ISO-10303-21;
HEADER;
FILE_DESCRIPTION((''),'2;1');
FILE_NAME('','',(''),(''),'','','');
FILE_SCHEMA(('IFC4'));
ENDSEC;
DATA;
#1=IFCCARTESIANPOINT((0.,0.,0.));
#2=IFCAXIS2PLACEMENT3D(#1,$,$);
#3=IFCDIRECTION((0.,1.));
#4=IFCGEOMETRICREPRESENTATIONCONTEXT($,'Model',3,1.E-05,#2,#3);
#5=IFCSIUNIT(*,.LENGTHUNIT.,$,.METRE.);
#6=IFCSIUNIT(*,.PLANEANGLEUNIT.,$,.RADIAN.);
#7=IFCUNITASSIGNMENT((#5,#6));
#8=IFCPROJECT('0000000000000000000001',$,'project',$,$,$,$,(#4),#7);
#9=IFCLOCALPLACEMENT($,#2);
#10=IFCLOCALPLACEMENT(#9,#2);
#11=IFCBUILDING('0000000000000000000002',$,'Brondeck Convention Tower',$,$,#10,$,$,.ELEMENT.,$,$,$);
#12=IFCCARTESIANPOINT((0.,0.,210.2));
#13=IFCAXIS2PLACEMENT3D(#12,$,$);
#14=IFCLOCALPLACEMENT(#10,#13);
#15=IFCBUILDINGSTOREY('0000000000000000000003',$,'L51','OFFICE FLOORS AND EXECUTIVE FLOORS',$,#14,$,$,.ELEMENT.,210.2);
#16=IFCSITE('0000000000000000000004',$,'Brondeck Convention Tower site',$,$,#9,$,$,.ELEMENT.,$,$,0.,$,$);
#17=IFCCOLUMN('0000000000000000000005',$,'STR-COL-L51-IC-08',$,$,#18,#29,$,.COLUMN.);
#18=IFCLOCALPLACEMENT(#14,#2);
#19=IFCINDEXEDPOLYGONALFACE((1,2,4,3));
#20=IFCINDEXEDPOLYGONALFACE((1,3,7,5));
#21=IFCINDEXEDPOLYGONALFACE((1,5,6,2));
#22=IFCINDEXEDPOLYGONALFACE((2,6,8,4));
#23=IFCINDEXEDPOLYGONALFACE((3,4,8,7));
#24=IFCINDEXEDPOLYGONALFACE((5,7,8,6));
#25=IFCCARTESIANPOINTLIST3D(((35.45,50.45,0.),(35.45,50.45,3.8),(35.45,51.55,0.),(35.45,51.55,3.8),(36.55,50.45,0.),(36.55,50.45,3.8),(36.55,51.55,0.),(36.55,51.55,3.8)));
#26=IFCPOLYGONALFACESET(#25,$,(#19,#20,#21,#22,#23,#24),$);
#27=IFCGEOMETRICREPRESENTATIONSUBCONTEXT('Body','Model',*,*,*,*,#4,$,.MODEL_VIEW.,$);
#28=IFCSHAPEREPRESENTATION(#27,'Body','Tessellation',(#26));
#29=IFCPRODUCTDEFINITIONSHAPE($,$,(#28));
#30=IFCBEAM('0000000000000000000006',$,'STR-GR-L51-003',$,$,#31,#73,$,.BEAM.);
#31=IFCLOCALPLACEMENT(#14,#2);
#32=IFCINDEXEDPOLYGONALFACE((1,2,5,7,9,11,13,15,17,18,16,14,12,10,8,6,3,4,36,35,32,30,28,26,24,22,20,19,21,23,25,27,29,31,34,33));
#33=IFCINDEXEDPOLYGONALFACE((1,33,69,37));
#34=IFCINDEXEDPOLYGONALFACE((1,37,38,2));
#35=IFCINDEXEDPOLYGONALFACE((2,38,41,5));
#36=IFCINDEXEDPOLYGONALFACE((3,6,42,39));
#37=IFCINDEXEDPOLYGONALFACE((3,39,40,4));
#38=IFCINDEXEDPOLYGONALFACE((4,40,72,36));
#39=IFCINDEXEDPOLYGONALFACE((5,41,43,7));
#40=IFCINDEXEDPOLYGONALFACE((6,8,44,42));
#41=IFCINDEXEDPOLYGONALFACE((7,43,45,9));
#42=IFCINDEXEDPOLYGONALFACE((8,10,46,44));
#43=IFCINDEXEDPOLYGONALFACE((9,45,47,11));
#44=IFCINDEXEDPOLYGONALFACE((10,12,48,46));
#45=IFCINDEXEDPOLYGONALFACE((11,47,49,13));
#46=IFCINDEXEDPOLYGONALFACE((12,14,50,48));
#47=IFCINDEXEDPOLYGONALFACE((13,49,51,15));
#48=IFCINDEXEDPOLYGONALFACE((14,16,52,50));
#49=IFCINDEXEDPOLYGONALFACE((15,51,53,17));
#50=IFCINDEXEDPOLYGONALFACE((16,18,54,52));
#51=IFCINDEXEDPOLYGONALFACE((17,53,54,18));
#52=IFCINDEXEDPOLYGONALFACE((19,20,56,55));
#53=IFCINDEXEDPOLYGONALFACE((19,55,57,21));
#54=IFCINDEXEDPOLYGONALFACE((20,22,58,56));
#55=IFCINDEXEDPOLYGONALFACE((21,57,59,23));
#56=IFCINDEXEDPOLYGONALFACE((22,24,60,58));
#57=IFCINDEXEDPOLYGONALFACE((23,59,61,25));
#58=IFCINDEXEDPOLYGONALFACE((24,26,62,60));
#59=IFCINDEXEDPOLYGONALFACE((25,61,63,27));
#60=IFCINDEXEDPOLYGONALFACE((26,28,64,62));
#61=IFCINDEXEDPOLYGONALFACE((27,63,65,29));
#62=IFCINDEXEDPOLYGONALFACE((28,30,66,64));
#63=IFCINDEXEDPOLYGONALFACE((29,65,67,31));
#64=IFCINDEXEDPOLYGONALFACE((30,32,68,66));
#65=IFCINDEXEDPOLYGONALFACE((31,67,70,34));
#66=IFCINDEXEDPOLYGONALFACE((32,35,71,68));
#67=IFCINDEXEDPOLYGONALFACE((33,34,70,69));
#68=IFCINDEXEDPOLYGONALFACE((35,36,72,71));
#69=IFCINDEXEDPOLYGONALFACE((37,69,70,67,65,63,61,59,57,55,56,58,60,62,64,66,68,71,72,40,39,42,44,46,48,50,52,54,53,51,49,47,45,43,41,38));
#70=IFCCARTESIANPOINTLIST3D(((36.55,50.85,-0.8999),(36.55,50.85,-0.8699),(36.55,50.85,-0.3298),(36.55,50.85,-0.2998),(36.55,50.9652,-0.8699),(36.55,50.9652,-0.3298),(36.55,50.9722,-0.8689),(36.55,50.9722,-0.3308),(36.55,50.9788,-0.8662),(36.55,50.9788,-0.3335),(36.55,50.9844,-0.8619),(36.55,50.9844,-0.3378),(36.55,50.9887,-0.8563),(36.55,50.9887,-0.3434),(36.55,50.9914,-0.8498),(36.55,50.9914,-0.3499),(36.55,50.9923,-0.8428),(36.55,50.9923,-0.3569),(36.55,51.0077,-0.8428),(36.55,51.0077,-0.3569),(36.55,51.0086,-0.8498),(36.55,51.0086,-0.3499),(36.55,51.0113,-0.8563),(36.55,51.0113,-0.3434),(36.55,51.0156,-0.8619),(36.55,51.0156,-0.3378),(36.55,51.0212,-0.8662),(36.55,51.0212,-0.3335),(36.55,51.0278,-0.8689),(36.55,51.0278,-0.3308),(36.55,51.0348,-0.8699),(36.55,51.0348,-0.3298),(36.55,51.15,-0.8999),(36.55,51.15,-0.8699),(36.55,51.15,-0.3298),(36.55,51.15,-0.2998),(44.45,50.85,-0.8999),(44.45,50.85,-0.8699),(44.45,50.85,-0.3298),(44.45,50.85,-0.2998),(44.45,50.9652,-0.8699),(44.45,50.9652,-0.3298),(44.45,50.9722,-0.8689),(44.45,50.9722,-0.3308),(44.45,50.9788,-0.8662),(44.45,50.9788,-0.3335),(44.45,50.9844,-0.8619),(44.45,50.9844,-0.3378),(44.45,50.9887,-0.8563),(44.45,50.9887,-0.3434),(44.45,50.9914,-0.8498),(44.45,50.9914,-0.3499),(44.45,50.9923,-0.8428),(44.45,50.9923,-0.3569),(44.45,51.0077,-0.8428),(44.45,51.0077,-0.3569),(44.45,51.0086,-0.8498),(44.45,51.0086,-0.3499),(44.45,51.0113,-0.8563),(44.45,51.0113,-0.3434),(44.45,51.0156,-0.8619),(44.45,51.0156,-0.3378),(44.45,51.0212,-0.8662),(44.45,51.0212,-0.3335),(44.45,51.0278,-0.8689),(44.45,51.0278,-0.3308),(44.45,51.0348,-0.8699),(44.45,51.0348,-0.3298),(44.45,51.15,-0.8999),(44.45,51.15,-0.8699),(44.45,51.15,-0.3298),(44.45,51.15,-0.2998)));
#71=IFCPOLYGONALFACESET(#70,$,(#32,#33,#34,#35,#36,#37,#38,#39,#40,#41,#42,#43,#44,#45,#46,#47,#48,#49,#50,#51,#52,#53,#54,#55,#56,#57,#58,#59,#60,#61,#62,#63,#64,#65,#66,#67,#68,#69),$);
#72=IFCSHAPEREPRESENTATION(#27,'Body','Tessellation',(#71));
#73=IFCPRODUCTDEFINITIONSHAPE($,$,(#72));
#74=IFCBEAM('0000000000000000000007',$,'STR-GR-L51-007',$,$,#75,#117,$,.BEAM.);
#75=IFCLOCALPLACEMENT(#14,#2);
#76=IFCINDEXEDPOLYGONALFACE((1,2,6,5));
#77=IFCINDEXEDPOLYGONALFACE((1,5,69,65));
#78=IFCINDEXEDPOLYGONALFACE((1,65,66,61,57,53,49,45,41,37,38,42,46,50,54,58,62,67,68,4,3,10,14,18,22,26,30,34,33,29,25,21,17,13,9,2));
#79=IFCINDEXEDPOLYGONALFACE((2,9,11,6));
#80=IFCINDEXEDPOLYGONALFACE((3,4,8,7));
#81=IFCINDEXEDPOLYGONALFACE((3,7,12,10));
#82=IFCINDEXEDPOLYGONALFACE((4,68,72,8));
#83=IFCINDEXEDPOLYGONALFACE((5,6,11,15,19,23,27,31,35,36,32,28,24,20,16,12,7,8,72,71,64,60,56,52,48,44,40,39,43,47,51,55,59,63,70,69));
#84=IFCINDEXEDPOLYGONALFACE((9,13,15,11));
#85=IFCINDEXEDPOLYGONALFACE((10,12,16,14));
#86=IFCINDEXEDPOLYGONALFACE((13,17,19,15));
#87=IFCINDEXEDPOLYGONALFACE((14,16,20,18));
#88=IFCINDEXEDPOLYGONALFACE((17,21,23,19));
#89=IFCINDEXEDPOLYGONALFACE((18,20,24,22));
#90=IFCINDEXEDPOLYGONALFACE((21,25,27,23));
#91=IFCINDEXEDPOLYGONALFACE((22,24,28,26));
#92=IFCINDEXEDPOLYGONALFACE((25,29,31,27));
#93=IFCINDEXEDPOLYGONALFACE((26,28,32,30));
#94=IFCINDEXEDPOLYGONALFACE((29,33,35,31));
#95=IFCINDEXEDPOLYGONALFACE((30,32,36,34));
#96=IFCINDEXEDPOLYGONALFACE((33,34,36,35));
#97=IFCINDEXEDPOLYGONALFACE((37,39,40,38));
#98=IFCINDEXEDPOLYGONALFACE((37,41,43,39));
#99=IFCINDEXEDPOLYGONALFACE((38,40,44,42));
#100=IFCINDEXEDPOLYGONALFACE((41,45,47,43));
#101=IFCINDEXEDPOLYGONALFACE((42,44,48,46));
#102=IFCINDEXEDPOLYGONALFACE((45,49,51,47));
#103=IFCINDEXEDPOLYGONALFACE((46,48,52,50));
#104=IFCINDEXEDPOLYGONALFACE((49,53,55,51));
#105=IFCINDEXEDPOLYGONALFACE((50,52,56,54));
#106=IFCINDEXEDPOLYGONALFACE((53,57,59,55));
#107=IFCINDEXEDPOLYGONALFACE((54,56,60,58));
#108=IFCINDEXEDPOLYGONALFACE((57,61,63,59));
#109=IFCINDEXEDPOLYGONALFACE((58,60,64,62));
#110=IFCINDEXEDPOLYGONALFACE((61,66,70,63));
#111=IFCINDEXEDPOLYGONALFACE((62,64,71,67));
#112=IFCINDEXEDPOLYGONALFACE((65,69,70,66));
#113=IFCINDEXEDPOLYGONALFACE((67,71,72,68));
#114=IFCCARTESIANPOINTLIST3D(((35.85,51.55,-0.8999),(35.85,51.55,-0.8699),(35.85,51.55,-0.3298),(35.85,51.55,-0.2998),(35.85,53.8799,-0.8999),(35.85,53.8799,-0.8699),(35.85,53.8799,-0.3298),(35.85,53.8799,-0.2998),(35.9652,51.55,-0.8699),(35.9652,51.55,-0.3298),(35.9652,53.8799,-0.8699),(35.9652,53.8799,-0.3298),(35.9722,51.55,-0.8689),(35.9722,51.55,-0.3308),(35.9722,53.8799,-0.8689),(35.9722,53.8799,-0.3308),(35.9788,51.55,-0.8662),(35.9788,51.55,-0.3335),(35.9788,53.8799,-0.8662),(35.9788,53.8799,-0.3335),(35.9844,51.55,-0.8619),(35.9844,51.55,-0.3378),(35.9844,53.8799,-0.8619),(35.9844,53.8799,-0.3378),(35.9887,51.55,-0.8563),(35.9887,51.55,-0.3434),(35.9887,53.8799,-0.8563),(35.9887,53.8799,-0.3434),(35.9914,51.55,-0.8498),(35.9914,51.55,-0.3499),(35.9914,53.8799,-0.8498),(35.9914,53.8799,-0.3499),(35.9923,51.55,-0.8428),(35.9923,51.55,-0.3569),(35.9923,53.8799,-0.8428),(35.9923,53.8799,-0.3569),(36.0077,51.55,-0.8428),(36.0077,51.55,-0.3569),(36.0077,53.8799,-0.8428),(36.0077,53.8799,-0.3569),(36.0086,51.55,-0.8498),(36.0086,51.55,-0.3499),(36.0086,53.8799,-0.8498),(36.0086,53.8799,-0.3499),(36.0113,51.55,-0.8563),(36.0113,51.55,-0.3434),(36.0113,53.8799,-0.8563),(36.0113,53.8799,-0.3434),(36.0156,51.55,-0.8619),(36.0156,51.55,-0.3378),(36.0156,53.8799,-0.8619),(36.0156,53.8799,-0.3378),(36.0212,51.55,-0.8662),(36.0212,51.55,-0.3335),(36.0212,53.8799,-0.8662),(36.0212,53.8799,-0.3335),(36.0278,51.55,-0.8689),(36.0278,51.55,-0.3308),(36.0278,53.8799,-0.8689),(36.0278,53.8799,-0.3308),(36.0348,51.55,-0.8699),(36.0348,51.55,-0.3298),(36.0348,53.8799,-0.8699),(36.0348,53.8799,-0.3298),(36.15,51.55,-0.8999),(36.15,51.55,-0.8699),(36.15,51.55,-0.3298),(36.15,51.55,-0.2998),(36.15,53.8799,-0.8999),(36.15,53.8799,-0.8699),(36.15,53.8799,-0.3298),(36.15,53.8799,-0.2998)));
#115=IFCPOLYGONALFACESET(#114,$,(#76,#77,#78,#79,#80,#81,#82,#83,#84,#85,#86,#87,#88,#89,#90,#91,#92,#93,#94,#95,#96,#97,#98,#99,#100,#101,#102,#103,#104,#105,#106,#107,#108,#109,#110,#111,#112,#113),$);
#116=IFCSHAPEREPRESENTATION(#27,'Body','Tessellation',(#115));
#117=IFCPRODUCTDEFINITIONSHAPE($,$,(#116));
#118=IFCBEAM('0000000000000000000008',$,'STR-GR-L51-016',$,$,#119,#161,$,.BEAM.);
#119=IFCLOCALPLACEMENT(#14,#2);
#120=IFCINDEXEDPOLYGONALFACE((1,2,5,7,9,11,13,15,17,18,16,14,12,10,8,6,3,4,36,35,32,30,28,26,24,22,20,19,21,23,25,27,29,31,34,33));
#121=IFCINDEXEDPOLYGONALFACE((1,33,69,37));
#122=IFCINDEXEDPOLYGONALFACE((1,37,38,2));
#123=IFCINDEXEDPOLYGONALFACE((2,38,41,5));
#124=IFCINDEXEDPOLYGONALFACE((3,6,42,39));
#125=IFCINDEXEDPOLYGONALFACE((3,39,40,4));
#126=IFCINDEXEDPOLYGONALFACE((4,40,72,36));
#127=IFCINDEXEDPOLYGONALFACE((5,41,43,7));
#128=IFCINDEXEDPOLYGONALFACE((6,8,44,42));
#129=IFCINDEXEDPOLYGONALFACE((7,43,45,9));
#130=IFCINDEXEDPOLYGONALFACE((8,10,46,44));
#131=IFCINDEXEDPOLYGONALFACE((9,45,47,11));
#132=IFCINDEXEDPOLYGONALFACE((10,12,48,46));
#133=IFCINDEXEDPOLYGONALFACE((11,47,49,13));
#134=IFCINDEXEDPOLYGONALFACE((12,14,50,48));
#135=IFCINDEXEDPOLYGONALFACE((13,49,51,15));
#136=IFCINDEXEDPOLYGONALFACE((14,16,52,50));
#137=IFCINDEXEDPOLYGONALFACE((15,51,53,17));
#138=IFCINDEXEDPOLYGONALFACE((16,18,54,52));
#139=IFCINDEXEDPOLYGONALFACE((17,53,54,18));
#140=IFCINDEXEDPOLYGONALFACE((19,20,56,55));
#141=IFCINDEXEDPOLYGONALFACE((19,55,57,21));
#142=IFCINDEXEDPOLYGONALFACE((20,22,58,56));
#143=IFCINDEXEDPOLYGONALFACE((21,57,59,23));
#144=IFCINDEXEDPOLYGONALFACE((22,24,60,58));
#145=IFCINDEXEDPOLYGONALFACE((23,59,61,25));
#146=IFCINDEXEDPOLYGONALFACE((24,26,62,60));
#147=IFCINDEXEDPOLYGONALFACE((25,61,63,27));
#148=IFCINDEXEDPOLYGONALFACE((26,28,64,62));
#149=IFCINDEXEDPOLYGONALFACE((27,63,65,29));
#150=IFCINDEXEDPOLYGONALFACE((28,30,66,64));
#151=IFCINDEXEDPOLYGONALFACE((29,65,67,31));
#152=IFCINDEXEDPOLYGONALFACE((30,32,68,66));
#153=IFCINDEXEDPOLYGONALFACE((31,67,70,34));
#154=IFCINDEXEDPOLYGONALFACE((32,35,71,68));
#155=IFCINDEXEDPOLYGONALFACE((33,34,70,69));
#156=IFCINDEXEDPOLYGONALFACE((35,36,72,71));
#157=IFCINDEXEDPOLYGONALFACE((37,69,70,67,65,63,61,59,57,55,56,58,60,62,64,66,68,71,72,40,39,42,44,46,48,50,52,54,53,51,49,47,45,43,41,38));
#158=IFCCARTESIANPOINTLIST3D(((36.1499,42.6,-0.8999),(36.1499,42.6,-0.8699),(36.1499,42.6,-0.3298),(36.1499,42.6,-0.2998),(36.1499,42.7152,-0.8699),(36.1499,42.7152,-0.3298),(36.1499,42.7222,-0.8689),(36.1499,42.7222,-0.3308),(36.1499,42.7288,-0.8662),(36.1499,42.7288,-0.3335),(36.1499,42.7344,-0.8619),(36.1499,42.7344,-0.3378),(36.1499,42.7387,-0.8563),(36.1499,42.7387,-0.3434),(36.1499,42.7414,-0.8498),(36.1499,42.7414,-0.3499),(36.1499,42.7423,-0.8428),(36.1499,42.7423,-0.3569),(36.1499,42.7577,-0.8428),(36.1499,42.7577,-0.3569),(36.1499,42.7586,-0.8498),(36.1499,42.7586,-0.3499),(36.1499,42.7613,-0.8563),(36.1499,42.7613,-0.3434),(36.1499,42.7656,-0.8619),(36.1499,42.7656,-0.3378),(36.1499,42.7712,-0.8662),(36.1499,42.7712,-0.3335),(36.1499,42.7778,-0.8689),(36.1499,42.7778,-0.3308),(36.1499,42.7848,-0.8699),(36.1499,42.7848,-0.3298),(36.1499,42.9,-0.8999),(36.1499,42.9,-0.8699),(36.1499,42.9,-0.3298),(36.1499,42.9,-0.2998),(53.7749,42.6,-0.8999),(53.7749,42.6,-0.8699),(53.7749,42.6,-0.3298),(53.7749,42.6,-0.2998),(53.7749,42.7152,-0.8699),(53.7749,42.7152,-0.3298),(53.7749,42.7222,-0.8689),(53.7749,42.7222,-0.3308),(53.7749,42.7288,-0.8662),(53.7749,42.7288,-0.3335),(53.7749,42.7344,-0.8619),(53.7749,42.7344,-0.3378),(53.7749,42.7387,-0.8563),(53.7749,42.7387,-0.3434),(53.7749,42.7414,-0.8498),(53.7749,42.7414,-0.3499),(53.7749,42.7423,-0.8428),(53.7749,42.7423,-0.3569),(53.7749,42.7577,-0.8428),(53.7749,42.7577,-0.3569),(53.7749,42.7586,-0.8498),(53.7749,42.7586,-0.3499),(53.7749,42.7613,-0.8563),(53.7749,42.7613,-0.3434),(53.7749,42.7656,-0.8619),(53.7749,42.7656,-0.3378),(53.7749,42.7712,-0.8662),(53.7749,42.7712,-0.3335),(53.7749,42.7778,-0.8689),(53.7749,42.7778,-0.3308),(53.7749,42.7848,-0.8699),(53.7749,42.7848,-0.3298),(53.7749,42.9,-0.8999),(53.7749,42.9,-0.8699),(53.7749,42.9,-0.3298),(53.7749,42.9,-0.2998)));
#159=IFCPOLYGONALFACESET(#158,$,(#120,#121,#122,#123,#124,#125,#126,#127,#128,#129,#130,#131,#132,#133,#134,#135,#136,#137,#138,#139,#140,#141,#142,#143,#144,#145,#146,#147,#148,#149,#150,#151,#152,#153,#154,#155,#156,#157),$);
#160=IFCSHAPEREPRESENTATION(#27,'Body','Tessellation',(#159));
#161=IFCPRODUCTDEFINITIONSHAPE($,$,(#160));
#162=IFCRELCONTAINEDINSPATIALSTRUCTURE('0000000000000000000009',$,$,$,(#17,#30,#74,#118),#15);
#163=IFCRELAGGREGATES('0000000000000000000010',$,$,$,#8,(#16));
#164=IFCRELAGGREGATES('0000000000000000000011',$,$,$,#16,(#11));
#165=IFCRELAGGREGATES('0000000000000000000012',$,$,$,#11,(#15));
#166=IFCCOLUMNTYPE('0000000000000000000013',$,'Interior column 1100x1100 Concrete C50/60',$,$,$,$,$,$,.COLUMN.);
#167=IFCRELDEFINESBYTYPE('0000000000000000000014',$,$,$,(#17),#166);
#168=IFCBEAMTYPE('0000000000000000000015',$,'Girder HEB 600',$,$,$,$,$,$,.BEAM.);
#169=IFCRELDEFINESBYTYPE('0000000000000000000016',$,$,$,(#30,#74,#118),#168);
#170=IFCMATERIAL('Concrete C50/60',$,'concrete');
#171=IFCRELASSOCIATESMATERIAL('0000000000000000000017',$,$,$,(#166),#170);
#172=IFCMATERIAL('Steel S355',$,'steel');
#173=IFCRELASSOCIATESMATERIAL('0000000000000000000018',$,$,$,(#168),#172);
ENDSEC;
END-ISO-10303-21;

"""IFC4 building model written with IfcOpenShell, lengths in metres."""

from ifc_helpers import new_model, si_unit, direction, frame, origin, origin_2d, place, context, subcontext, project, spatial, rectangle, i_section, extrude, material, material_profile, profile_set, type_object, element, save


model = new_model("IFC4")

# Units and contexts
model_context = context("Model", 3, precision=1e-05, world=origin(), true_north=direction((0.0, 1.0)))
body_context = subcontext(model_context, "Body", "Model", "MODEL_VIEW")
ifc_project = project(units=[si_unit("LENGTHUNIT", "METRE"), si_unit("PLANEANGLEUNIT", "RADIAN")], contexts=[model_context])

# Site, building, storey
site_placement = place(None, origin())
site = spatial("IfcSite", under=ifc_project, at=site_placement, Name="Brondeck Convention Tower site", CompositionType="ELEMENT", RefElevation=0.0)
building_placement = place(site_placement, origin())
building = spatial("IfcBuilding", under=site, at=building_placement, Name="Brondeck Convention Tower", CompositionType="ELEMENT")
storey_placement = place(building_placement, frame((0.0, 0.0, 210.2)))
storey = spatial("IfcBuildingStorey", under=building, at=storey_placement, Name="L51", Description="OFFICE FLOORS AND EXECUTIVE FLOORS", CompositionType="ELEMENT", Elevation=210.2)

# Column
ifc_material_1 = material(Name="Concrete C50/60", Category="concrete")
ifc_material_profile_1 = material_profile(ifc_material_1, rectangle(XDim=1.1001, YDim=1.1001, at=origin_2d()), Name="Interior column 1100x1100 Concrete C50/60")
ifc_profile_set_1 = profile_set([ifc_material_profile_1], Name="Concrete C50/60")
column_type = type_object("IfcColumnType", Name="Interior column 1100x1100 Concrete C50/60", PredefinedType="COLUMN", material=ifc_profile_set_1)
column_placement = place(storey_placement, frame((36.0, 51.0, 0.0), z_axis=(0.0, 0.0, 1.0), x_axis=(1.0, 0.0, 0.0)))
element("IfcColumn", 1, at=column_placement, inside=storey, type_object=column_type, Name="STR-COL-L51-IC-08", PredefinedType="COLUMN", context=body_context, shape_type="SweptSolid", body=[
    extrude(rectangle(XDim=1.1001, YDim=1.1001, at=origin_2d()), origin(), (0.0, 0.0, 1.0), 3.8),
])

# Beams
ifc_material_2 = material(Name="Steel S355", Category="steel")
ifc_material_profile_2 = material_profile(ifc_material_2, i_section(OverallWidth=0.3, OverallDepth=0.6001, WebThickness=0.0154, FlangeThickness=0.03, FilletRadius=0.0271, at=origin_2d()), Name="HEB 600")
ifc_profile_set_2 = profile_set([ifc_material_profile_2], Name="Steel S355")
beam_type = type_object("IfcBeamType", Name="Girder HEB 600", PredefinedType="BEAM", material=ifc_profile_set_2)
beam_1_placement = place(storey_placement, frame((36.55, 51.0, -0.5999), z_axis=(1.0, 0.0, 0.0), x_axis=(0.0, 1.0, 0.0)))
element("IfcBeam", 2, at=beam_1_placement, inside=storey, type_object=beam_type, Name="STR-GR-L51-003", PredefinedType="BEAM", context=body_context, shape_type="SweptSolid", body=[
    extrude(i_section(OverallWidth=0.3, OverallDepth=0.6001, WebThickness=0.0154, FlangeThickness=0.03, FilletRadius=0.0271, at=origin_2d()), origin(), (0.0, 0.0, 1.0), 7.8999),
])
beam_2_placement = place(storey_placement, frame((36.0, 51.55, -0.5999), z_axis=(0.0, 1.0, 0.0), x_axis=(-1.0, 0.0, 0.0)))
element("IfcBeam", 3, at=beam_2_placement, inside=storey, type_object=beam_type, Name="STR-GR-L51-007", PredefinedType="BEAM", context=body_context, shape_type="SweptSolid", body=[
    extrude(i_section(OverallWidth=0.3, OverallDepth=0.6001, WebThickness=0.0154, FlangeThickness=0.03, FilletRadius=0.0271, at=origin_2d()), origin(), (0.0, 0.0, 1.0), 2.3298),
])
for number, where, z_axis, x_axis, name in (
    (4, (36.1499, 42.75, -0.5999), (1.0, 0.0, 0.0), (0.0, 1.0, 0.0), "STR-GR-L51-016"),
):
    element("IfcBeam", number, at=place(storey_placement, frame(where, z_axis=z_axis, x_axis=x_axis)), inside=storey, type_object=beam_type, Name=name, PredefinedType="BEAM", context=body_context, shape_type="SweptSolid", body=[
        extrude(i_section(OverallWidth=0.3, OverallDepth=0.6001, WebThickness=0.0154, FlangeThickness=0.03, FilletRadius=0.0271, at=origin_2d()), origin(), (0.0, 0.0, 1.0), 17.625),
    ])

save(model, "model.ifc")
